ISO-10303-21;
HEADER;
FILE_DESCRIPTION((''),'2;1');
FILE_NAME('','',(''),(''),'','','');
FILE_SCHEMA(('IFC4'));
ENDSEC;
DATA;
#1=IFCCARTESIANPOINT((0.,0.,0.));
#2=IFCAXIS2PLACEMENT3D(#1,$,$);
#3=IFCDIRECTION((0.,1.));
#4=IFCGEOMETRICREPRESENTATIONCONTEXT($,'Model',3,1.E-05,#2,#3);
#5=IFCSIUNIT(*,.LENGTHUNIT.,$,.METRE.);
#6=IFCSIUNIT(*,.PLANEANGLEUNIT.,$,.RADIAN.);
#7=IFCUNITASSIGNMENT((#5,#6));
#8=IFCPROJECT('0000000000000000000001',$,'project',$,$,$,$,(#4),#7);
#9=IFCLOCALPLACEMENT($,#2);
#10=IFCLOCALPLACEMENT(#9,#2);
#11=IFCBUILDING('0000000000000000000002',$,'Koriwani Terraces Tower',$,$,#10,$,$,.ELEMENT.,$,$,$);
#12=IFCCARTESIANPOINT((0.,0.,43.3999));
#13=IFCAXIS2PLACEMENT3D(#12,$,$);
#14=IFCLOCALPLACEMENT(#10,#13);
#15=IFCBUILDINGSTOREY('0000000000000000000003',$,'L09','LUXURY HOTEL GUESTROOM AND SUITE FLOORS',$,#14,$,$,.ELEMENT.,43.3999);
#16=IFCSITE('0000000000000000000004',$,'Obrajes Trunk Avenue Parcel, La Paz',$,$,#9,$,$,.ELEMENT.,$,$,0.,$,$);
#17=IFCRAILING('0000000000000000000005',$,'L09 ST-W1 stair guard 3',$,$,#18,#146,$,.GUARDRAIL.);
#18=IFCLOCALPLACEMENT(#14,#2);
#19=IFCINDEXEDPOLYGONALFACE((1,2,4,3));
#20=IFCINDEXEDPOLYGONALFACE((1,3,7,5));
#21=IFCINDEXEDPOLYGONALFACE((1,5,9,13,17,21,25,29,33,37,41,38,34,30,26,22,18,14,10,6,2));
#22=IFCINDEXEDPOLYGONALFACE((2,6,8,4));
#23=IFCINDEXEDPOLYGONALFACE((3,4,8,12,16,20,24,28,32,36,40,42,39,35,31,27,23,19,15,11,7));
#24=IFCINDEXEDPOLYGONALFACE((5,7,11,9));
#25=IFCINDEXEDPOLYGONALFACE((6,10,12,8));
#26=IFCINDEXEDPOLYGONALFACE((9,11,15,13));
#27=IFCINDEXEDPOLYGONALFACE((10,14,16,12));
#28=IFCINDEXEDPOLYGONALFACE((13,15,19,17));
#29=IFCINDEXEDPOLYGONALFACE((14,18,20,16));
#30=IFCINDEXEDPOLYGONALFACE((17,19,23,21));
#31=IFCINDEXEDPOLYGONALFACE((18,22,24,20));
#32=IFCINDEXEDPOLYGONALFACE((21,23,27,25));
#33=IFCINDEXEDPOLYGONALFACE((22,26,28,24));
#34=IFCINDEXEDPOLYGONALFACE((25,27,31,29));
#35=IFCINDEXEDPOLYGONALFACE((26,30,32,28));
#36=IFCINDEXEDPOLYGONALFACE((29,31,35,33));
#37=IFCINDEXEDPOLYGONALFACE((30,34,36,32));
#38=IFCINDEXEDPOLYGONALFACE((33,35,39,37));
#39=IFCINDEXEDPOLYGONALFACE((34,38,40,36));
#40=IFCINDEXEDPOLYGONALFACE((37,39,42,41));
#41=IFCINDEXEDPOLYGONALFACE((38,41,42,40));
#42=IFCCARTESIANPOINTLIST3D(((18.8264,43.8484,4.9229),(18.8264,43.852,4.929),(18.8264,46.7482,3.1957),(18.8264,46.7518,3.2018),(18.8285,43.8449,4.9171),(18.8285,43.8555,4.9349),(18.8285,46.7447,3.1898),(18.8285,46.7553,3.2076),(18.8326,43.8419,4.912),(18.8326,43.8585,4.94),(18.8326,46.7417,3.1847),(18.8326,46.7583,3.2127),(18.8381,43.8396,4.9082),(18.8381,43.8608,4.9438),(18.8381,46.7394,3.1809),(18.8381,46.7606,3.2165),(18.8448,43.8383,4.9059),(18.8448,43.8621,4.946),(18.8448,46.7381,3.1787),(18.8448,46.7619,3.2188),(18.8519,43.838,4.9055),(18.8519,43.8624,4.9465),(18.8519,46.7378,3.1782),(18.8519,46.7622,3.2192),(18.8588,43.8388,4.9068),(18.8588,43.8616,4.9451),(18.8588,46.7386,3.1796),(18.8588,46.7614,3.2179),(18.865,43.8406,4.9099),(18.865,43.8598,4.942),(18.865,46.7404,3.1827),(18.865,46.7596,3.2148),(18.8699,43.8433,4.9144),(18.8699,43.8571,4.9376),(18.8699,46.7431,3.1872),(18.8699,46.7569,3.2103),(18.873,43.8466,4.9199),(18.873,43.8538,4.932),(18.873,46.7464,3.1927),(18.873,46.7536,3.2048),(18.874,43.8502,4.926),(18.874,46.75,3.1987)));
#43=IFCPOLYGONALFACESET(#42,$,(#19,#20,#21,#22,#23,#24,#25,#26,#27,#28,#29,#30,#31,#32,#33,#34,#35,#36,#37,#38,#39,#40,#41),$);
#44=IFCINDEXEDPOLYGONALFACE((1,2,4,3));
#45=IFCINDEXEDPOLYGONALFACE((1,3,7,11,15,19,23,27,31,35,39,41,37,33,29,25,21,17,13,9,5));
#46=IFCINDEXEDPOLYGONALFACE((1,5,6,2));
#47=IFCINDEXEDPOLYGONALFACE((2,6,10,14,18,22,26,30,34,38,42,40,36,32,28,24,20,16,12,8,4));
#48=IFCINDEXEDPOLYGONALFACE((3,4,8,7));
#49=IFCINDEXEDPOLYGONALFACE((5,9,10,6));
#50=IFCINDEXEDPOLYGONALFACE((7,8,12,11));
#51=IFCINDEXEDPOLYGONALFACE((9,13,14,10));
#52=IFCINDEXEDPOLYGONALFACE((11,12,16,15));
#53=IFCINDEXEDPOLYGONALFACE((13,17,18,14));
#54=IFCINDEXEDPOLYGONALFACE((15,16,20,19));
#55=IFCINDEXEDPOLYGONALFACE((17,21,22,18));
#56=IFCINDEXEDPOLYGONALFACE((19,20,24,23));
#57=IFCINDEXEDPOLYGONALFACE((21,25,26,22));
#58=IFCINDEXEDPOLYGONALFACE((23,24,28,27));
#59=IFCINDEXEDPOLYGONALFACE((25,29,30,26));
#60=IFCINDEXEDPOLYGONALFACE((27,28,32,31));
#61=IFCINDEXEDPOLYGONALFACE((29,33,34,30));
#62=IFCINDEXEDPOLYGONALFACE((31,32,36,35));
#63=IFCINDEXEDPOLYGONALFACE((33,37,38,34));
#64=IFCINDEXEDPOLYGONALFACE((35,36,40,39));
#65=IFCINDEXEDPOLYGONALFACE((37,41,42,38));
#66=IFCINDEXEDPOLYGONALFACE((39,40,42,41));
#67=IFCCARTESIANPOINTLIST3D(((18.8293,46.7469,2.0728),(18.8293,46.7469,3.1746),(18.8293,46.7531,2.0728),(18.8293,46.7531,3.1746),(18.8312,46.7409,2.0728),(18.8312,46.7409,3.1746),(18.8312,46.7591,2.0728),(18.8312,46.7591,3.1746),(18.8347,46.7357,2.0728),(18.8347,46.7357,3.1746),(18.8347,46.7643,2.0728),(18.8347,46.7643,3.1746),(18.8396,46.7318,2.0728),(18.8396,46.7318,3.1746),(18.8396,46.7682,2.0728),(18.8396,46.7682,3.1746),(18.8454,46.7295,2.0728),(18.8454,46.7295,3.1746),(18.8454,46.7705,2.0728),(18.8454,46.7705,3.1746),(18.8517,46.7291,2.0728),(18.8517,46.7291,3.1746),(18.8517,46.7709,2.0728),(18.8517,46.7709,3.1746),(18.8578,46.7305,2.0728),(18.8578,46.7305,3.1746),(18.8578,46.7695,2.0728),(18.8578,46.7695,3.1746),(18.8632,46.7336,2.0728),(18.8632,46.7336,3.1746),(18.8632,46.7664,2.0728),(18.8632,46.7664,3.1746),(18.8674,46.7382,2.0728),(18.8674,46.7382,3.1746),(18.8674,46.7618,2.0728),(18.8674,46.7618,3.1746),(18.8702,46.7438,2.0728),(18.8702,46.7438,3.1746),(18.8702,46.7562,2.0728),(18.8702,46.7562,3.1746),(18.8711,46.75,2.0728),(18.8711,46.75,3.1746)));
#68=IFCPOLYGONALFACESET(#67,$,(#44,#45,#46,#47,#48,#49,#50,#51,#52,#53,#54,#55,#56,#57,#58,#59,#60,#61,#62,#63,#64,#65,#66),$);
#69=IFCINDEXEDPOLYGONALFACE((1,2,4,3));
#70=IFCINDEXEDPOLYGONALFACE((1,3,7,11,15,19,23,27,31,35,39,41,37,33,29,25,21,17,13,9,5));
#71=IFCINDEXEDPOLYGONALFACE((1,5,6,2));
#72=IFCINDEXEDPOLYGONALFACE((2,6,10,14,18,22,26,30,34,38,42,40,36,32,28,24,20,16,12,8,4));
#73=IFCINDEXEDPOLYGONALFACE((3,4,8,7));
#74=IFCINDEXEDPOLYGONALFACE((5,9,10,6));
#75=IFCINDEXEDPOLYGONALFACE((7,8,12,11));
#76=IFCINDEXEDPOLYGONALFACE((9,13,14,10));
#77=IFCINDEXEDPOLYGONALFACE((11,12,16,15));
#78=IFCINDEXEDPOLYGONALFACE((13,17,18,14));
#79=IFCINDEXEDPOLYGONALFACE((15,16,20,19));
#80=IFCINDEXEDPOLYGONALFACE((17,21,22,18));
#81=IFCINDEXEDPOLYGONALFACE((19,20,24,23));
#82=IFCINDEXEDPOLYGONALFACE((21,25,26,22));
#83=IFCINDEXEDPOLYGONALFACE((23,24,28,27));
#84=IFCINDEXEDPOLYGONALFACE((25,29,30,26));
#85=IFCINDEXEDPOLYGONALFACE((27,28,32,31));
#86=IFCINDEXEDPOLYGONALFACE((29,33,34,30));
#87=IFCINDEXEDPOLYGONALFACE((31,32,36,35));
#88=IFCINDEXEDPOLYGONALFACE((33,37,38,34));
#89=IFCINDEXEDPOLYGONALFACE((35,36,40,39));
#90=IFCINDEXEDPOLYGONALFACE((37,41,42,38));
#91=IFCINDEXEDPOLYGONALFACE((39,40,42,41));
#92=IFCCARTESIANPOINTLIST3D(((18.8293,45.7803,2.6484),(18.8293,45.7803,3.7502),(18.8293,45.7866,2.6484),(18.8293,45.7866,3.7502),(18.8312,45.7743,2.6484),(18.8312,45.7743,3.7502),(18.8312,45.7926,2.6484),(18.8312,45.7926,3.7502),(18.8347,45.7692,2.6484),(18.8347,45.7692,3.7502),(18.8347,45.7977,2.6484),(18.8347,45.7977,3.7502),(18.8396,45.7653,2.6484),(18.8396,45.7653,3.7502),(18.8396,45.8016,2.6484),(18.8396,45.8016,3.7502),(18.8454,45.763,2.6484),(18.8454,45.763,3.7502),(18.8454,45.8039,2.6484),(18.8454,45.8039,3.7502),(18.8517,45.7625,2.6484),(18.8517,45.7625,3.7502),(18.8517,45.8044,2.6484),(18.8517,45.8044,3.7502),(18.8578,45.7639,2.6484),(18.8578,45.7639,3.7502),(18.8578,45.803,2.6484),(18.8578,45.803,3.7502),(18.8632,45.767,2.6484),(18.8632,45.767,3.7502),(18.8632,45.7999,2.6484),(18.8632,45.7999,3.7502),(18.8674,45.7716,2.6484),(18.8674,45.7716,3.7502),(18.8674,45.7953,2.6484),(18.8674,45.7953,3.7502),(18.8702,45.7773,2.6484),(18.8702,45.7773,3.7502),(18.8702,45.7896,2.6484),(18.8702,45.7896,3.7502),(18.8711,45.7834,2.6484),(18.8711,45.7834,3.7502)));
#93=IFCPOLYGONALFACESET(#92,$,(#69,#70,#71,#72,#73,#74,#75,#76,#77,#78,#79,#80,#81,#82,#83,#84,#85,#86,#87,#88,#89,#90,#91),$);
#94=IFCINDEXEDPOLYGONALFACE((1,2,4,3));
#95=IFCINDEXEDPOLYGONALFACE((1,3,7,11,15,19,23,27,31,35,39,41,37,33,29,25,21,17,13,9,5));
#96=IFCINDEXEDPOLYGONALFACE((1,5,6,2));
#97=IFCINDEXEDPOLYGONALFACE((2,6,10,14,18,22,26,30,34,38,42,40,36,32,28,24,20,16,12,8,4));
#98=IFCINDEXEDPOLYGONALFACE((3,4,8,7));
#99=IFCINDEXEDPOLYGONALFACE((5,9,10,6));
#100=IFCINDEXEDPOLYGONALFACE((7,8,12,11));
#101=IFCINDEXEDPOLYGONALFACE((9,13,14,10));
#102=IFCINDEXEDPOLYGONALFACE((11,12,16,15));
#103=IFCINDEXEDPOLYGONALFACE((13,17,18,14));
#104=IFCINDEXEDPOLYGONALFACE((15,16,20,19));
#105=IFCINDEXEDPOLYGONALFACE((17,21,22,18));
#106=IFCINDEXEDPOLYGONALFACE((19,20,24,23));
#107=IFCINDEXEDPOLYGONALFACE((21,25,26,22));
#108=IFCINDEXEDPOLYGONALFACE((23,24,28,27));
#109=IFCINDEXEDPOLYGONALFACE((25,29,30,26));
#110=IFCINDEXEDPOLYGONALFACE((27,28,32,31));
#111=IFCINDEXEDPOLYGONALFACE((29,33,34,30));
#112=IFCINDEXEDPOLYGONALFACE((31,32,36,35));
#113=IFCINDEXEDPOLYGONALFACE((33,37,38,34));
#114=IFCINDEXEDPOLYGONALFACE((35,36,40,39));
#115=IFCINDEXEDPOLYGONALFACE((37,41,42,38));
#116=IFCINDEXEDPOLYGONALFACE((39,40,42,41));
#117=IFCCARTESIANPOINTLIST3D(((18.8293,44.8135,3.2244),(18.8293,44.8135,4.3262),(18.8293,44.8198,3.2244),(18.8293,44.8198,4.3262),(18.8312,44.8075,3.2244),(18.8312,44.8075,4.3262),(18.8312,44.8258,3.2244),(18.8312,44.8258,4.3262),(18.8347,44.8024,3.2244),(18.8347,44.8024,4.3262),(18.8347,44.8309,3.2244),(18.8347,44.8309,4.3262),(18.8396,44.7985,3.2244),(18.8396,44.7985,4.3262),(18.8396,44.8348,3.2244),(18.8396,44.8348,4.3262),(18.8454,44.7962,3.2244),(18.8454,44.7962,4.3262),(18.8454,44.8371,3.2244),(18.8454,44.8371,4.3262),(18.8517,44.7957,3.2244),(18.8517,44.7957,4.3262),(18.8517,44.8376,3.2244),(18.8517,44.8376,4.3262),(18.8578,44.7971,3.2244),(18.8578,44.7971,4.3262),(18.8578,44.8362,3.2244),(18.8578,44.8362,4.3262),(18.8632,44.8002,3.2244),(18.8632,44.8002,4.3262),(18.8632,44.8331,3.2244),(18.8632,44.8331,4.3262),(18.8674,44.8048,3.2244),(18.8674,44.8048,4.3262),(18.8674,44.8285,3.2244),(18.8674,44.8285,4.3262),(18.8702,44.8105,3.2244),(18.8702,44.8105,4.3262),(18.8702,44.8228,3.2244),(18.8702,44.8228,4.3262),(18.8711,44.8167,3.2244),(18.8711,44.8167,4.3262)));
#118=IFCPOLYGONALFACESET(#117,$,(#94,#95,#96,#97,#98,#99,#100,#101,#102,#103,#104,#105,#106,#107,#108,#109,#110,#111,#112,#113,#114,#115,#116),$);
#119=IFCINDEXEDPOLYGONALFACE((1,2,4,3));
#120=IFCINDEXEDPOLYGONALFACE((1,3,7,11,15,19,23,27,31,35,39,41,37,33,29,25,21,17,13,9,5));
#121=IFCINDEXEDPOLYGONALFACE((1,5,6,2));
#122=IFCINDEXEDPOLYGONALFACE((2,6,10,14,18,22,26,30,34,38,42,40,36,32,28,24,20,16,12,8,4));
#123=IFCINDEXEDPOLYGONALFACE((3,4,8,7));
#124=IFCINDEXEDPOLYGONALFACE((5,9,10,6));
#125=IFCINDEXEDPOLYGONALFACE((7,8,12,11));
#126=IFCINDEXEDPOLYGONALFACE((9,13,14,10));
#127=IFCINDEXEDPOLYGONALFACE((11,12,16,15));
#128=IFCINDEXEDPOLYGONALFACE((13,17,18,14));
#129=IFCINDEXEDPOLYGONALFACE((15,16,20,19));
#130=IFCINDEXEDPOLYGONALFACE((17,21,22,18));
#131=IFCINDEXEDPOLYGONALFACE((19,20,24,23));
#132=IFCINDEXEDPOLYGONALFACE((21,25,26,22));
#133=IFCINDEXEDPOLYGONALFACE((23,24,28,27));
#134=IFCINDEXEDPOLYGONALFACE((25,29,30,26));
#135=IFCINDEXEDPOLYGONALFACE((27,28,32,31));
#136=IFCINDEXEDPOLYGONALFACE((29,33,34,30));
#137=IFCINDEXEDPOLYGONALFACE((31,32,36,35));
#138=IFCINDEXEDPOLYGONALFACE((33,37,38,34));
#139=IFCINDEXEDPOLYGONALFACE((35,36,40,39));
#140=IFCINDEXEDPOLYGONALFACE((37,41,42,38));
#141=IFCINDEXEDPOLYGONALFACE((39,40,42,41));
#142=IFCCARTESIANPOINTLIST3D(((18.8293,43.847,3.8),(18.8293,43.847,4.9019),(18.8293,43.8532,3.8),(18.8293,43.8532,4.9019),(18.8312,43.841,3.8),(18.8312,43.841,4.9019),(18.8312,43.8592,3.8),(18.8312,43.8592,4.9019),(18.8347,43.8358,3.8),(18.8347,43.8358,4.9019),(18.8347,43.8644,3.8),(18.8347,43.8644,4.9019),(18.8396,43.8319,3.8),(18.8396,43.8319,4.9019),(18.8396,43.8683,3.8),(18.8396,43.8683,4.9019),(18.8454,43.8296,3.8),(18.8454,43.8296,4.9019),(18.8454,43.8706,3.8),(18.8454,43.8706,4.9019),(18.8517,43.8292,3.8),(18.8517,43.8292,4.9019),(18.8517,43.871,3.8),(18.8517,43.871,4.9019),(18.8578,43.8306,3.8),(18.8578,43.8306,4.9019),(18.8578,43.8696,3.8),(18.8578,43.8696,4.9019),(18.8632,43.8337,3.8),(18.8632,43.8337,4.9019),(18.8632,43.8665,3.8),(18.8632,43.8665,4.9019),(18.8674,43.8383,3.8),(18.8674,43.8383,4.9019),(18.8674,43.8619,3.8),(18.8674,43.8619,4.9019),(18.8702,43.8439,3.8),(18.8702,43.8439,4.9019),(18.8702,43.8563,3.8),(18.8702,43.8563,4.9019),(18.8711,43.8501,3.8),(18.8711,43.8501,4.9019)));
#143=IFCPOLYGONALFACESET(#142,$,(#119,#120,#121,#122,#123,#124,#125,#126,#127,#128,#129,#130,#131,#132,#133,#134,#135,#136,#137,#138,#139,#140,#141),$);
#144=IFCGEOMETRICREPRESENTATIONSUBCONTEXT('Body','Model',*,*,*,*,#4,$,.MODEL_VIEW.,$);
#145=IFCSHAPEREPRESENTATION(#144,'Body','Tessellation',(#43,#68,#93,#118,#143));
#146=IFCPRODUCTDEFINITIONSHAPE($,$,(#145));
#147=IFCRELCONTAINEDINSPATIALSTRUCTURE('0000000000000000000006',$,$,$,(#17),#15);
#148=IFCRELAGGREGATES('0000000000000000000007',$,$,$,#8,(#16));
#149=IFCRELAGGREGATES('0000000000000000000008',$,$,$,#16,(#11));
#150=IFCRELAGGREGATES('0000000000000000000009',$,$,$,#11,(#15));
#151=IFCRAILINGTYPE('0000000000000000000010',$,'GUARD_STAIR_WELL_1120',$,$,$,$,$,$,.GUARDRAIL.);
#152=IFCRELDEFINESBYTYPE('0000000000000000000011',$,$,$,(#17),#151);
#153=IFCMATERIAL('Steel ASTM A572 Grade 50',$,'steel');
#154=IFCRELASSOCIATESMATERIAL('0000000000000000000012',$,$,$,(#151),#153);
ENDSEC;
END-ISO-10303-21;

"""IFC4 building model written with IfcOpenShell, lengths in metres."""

from ifc_helpers import new_model, si_unit, direction, frame, origin, origin_2d, place, context, subcontext, project, spatial, circle, extrude, material, type_object, element, save


model = new_model("IFC4")

# Units and contexts
model_context = context("Model", 3, precision=1e-05, world=origin(), true_north=direction((0.0, 1.0)))
body_context = subcontext(model_context, "Body", "Model", "MODEL_VIEW")
ifc_project = project(units=[si_unit("LENGTHUNIT", "METRE"), si_unit("PLANEANGLEUNIT", "RADIAN")], contexts=[model_context])

# Site, building, storey
site_placement = place(None, origin())
site = spatial("IfcSite", under=ifc_project, at=site_placement, Name="Obrajes Trunk Avenue Parcel, La Paz", CompositionType="ELEMENT", RefElevation=0.0)
building_placement = place(site_placement, origin())
building = spatial("IfcBuilding", under=site, at=building_placement, Name="Koriwani Terraces Tower", CompositionType="ELEMENT")
storey_placement = place(building_placement, frame((0.0, 0.0, 43.3999)))
storey = spatial("IfcBuildingStorey", under=building, at=storey_placement, Name="L09", Description="LUXURY HOTEL GUESTROOM AND SUITE FLOORS", CompositionType="ELEMENT", Elevation=43.3999)

# Shared definitions
ifc_material_1 = material(Name="Steel ASTM A572 Grade 50", Category="steel")

# Railing
railing_type_1 = type_object("IfcRailingType", Name="GUARD_STAIR_WELL_1120", PredefinedType="GUARDRAIL", material=ifc_material_1)
for number, where, name in (
    (1, (18.8501, 46.75, 2.0728), "L09 ST-W1 stair guard 3"),
):
    element("IfcRailing", number, at=place(storey_placement, frame(where)), inside=storey, type_object=railing_type_1, Name=name, PredefinedType="GUARDRAIL", context=body_context, shape_type="SweptSolid", body=[
        extrude(circle(Radius=0.0239, at=origin_2d()), frame((0.0, 0.0, 1.126), z_axis=(0.0, -0.859141, 0.511738), x_axis=(1.0, 0.0, 0.0)), (0.0, 0.0, 1.0), 3.3752),
        extrude(circle(Radius=0.021, at=origin_2d()), origin(), (0.0, 0.0, 1.0), 1.1018),
        extrude(circle(Radius=0.021, at=origin_2d()), frame((0.0, -0.9666, 0.5757)), (0.0, 0.0, 1.0), 1.1018),
        extrude(circle(Radius=0.021, at=origin_2d()), frame((0.0, -1.9333, 1.1516)), (0.0, 0.0, 1.0), 1.1018),
        extrude(circle(Radius=0.021, at=origin_2d()), frame((0.0, -2.8999, 1.7273)), (0.0, 0.0, 1.0), 1.1018),
    ])

save(model, "model.ifc")
